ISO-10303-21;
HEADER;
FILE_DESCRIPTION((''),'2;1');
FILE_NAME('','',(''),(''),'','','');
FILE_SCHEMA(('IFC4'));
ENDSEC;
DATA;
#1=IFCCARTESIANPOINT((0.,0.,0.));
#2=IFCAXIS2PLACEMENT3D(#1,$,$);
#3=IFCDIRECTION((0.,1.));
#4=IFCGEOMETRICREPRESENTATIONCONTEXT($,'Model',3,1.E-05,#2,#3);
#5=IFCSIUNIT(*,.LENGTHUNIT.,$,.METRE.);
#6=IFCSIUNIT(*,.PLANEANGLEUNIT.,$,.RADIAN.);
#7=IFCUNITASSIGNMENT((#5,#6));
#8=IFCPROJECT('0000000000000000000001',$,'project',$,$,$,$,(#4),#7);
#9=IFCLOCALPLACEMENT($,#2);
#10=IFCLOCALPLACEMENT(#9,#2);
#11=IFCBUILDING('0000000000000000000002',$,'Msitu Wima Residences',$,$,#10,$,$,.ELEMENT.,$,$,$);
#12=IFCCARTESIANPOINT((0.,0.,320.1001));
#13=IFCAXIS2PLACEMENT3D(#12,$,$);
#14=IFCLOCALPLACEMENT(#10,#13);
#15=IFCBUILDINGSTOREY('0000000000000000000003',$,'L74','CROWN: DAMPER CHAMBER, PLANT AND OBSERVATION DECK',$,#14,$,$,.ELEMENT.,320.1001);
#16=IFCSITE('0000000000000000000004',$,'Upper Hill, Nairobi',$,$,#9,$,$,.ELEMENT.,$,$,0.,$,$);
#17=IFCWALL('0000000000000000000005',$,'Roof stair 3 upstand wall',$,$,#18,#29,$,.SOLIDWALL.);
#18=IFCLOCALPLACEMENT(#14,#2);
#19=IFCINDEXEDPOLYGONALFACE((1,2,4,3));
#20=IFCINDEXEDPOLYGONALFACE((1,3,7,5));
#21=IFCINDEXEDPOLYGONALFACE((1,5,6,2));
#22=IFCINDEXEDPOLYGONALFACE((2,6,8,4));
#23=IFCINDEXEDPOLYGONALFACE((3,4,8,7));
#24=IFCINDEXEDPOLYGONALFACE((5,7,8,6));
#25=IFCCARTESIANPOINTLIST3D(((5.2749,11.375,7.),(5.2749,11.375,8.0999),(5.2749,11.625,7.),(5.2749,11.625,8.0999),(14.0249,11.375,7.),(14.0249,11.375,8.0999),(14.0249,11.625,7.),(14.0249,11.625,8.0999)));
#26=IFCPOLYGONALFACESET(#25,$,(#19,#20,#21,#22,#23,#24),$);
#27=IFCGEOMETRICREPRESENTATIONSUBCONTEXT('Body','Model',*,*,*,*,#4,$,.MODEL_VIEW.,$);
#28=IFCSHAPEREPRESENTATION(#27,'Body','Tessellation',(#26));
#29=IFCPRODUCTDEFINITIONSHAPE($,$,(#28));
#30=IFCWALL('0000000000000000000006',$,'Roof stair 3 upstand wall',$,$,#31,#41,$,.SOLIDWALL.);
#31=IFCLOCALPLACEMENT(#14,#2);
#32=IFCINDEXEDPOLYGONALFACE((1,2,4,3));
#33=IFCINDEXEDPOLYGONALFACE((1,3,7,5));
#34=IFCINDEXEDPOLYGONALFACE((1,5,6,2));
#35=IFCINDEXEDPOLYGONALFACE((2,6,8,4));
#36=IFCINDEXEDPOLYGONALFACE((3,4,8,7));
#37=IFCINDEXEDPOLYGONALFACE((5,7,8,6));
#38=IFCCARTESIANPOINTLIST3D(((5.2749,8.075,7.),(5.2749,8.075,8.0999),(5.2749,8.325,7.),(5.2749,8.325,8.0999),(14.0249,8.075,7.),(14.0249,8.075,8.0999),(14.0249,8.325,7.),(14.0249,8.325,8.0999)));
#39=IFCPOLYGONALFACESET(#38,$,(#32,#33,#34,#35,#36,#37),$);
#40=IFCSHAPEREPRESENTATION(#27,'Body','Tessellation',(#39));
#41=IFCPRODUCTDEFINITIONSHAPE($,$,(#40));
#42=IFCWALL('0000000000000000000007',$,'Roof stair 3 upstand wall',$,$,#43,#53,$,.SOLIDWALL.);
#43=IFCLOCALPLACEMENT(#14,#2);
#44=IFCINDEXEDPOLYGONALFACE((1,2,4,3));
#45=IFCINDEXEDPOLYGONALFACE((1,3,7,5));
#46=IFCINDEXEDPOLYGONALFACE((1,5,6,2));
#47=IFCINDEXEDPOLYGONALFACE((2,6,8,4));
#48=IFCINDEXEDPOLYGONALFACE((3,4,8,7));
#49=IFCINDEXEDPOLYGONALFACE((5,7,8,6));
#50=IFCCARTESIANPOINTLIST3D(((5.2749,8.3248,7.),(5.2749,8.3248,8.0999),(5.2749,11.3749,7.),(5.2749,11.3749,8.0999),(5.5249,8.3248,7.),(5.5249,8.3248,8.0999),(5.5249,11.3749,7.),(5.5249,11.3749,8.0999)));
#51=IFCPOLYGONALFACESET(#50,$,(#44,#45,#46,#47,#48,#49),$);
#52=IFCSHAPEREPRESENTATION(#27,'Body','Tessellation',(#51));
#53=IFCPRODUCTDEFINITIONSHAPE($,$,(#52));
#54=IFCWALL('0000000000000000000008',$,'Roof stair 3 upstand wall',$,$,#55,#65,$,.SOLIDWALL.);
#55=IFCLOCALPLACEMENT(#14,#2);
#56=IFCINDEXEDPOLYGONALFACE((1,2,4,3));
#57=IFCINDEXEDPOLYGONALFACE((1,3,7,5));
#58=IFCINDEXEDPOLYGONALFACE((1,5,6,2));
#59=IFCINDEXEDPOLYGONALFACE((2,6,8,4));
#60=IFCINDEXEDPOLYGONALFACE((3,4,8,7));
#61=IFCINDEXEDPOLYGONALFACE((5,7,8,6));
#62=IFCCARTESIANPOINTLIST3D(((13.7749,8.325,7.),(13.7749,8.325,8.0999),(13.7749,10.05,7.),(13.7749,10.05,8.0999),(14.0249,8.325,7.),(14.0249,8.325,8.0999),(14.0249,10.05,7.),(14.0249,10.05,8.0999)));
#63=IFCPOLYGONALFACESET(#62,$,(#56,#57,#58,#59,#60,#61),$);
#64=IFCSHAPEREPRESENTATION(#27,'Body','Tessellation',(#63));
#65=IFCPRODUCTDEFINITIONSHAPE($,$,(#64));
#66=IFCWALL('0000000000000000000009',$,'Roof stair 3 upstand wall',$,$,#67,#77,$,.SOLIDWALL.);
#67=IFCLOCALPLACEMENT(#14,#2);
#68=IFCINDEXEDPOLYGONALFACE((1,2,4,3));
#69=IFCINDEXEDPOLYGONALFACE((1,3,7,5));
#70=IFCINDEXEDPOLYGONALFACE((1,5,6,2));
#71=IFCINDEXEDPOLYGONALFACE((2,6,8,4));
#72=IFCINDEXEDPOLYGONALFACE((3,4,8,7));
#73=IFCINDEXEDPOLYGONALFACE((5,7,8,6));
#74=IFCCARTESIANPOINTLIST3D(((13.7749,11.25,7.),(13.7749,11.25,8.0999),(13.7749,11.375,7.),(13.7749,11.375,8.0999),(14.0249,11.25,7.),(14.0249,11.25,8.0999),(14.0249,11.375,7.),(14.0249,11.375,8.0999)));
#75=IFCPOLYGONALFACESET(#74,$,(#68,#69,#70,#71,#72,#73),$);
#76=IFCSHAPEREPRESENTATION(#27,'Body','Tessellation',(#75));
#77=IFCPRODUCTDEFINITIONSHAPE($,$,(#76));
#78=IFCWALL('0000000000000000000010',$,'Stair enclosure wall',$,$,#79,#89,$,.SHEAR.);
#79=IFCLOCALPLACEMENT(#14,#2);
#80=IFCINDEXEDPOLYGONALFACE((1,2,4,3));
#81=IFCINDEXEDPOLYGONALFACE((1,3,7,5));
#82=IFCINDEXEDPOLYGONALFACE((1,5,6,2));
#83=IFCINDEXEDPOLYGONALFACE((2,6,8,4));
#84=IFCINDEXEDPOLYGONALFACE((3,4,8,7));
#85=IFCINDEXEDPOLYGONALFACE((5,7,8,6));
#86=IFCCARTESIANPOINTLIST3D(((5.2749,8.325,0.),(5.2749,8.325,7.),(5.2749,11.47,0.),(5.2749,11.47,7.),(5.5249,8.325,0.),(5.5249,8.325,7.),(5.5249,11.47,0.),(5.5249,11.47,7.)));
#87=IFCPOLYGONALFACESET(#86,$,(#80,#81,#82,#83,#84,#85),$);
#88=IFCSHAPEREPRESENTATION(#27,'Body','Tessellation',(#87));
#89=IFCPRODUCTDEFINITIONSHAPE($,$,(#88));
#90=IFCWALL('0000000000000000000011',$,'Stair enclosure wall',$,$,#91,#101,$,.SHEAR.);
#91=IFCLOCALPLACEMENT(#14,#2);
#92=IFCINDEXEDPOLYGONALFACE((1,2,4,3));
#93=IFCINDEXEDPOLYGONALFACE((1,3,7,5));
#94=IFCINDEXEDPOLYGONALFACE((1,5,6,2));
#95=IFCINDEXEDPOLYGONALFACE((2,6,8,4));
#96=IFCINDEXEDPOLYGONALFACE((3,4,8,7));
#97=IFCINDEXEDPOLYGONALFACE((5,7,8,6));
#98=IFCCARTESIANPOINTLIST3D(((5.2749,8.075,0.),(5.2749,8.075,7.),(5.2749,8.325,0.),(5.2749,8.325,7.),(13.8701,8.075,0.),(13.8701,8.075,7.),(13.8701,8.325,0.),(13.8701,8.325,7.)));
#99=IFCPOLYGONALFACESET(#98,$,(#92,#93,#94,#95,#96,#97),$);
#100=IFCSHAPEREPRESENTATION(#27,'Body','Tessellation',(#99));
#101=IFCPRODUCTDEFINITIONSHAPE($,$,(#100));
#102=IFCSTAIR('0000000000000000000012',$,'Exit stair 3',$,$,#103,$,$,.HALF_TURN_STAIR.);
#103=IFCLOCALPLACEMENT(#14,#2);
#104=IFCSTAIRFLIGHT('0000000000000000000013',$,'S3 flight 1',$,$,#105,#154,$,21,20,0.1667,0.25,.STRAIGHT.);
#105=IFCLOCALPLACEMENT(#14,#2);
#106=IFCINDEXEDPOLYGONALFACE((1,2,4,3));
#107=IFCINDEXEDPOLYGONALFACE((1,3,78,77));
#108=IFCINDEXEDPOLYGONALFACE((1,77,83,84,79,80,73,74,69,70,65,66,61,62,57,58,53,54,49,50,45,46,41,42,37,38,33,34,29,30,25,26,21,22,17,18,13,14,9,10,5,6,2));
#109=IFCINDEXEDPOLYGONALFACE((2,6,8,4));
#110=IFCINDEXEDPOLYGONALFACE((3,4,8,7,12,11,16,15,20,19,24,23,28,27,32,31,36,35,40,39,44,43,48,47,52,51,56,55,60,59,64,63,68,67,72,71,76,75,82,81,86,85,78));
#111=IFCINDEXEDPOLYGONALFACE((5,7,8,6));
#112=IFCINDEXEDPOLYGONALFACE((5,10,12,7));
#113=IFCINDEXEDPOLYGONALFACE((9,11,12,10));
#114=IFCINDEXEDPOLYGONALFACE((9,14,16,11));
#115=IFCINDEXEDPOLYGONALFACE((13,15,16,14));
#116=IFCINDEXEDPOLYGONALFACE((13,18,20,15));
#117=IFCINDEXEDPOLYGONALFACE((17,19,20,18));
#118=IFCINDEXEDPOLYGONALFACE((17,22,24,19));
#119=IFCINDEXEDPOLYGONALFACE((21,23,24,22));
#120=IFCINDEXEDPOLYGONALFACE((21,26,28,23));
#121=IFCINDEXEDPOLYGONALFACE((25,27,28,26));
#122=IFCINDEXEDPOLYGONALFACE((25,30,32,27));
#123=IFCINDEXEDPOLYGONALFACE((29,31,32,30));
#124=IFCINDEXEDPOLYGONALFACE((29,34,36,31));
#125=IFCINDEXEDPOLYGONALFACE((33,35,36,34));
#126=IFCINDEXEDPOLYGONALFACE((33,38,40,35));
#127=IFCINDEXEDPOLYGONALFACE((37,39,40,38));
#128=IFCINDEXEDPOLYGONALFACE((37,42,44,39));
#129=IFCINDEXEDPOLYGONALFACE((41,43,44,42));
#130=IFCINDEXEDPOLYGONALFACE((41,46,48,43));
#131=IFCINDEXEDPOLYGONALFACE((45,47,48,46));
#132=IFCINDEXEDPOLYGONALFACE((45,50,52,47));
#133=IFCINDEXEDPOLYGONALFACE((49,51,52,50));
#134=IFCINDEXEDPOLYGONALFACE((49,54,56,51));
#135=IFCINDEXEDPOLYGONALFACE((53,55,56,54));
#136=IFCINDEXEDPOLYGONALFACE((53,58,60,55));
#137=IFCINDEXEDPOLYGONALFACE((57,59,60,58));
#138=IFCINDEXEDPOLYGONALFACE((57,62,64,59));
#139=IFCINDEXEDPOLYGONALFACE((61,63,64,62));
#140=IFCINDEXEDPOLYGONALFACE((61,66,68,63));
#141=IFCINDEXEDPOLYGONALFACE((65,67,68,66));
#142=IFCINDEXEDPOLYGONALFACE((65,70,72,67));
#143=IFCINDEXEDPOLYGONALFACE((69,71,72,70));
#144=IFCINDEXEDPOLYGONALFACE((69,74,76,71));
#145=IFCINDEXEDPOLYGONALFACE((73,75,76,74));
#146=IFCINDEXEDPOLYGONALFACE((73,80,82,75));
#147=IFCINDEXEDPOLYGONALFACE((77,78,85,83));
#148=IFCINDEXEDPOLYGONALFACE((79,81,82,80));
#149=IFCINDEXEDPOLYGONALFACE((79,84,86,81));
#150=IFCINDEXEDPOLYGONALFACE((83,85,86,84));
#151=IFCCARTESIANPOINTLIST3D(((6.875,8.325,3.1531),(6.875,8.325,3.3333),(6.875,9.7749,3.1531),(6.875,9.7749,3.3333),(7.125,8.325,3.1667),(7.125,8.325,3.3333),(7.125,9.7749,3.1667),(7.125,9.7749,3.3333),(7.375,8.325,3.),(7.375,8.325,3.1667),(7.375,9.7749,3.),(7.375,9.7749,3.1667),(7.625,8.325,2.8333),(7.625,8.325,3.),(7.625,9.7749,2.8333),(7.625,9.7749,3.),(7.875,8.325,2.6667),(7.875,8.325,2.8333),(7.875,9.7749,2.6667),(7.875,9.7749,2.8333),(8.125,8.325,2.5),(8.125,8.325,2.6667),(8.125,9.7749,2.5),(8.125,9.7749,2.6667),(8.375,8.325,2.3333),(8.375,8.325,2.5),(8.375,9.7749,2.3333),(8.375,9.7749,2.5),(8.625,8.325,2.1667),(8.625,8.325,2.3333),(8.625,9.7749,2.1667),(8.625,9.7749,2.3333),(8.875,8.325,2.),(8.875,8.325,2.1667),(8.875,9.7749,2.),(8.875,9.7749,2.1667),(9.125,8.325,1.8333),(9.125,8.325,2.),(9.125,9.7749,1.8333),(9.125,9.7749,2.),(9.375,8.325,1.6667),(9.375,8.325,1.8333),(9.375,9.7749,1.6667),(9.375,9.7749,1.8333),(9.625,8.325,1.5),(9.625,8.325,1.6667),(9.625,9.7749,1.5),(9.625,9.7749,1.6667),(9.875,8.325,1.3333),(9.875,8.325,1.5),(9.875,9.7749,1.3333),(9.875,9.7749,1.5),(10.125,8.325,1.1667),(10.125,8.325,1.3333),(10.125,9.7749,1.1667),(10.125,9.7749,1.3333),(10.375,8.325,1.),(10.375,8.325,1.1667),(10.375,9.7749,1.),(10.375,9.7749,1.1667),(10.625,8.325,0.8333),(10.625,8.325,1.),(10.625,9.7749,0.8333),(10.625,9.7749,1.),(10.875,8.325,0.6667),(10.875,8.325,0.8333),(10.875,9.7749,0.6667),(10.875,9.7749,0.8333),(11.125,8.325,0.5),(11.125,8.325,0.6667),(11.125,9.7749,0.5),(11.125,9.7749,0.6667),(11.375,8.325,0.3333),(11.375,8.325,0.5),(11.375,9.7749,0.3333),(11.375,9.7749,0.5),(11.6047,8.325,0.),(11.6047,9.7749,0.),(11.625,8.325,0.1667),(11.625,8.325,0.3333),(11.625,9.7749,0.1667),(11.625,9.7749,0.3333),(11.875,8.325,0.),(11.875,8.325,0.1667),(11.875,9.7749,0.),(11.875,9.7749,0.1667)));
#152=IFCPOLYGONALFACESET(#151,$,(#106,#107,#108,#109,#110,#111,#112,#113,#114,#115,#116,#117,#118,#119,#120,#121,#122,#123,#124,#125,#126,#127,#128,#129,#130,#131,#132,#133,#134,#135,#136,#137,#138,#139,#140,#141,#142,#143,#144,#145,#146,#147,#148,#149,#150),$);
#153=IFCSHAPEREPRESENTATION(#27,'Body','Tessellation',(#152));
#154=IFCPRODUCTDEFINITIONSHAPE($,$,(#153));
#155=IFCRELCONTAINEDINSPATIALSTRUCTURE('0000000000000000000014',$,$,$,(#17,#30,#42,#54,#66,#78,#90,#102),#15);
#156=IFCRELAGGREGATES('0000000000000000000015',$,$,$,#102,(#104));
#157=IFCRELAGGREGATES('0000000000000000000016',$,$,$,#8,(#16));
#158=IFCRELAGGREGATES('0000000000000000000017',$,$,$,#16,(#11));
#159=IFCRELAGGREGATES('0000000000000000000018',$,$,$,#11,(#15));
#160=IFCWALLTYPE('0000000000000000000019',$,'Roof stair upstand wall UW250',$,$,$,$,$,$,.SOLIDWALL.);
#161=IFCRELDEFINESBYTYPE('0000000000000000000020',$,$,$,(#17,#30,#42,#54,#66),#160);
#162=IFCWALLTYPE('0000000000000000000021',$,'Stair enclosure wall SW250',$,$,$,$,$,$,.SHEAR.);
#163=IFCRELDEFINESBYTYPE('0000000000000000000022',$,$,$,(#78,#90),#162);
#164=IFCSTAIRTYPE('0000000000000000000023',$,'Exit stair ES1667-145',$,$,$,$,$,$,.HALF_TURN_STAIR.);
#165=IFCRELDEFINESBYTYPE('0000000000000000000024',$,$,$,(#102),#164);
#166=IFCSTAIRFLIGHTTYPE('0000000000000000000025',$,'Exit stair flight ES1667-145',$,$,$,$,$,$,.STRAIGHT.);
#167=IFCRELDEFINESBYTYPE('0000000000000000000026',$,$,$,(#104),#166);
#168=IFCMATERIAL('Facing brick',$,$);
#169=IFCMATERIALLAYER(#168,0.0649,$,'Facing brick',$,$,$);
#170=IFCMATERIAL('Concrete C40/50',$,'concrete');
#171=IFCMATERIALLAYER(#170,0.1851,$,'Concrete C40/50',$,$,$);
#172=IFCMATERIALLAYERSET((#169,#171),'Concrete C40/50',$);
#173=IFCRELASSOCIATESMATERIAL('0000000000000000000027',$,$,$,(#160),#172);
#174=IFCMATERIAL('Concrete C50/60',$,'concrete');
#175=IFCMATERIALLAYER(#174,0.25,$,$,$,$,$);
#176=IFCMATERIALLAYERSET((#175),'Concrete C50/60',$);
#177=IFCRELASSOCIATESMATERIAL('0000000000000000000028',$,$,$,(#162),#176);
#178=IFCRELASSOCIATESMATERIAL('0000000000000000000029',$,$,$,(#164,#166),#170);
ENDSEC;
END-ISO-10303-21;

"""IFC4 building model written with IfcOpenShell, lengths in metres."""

from ifc_helpers import new_model, si_unit, direction, frame, frame_2d, origin, place, context, subcontext, project, spatial, polyline, rectangle, outline, extrude, material, layer, layer_set, type_object, element, aggregate, save


model = new_model("IFC4")

# Units and contexts
model_context = context("Model", 3, precision=1e-05, world=origin(), true_north=direction((0.0, 1.0)))
body_context = subcontext(model_context, "Body", "Model", "MODEL_VIEW")
ifc_project = project(units=[si_unit("LENGTHUNIT", "METRE"), si_unit("PLANEANGLEUNIT", "RADIAN")], contexts=[model_context])

# Site, building, storey
site_placement = place(None, origin())
site = spatial("IfcSite", under=ifc_project, at=site_placement, Name="Upper Hill, Nairobi", CompositionType="ELEMENT", RefElevation=0.0)
building_placement = place(site_placement, origin())
building = spatial("IfcBuilding", under=site, at=building_placement, Name="Msitu Wima Residences", CompositionType="ELEMENT")
storey_placement = place(building_placement, frame((0.0, 0.0, 320.1001)))
storey = spatial("IfcBuildingStorey", under=building, at=storey_placement, Name="L74", Description="CROWN: DAMPER CHAMBER, PLANT AND OBSERVATION DECK", CompositionType="ELEMENT", Elevation=320.1001)

# Shared definitions
ifc_material_1 = material(Name="Concrete C40/50", Category="concrete")

# Walls
ifc_material_2 = material(Name="Facing brick")
ifc_layer_1 = layer(ifc_material_2, 0.0649, Name="Facing brick")
ifc_layer_2 = layer(ifc_material_1, 0.1851, Name="Concrete C40/50")
ifc_layer_set_1 = layer_set([ifc_layer_1, ifc_layer_2], Name="Concrete C40/50")
wall_type_1 = type_object("IfcWallType", Name="Roof stair upstand wall UW250", PredefinedType="SOLIDWALL", material=ifc_layer_set_1)
for number, where, z_axis, x_axis, name in (
    (1, (5.2749, 11.5, 7.0), (0.0, 0.0, 1.0), (1.0, 0.0, 0.0), "Roof stair 3 upstand wall"),
    (2, (5.2749, 8.2, 7.0), (0.0, 0.0, 1.0), (1.0, 0.0, 0.0), "Roof stair 3 upstand wall"),
):
    element("IfcWall", number, at=place(storey_placement, frame(where, z_axis=z_axis, x_axis=x_axis)), inside=storey, type_object=wall_type_1, Name=name, PredefinedType="SOLIDWALL", context=body_context, shape_type="SweptSolid", body=[
        extrude(rectangle(XDim=8.75, YDim=0.25, at=frame_2d((4.375, 0.0))), origin(), (0.0, 0.0, 1.0), 1.0999),
    ])
wall_1_placement = place(storey_placement, frame((5.3999, 8.325, 7.0), z_axis=(0.0, 0.0, 1.0), x_axis=(0.0, 1.0, 0.0)))
element("IfcWall", 3, at=wall_1_placement, inside=storey, type_object=wall_type_1, Name="Roof stair 3 upstand wall", PredefinedType="SOLIDWALL", context=body_context, shape_type="SweptSolid", body=[
    extrude(rectangle(XDim=3.05, YDim=0.25, at=frame_2d((1.5249, 0.0))), origin(), (0.0, 0.0, 1.0), 1.0999),
])
wall_2_placement = place(storey_placement, frame((13.8999, 8.325, 7.0), z_axis=(0.0, 0.0, 1.0), x_axis=(0.0, 1.0, 0.0)))
element("IfcWall", 4, at=wall_2_placement, inside=storey, type_object=wall_type_1, Name="Roof stair 3 upstand wall", PredefinedType="SOLIDWALL", context=body_context, shape_type="SweptSolid", body=[
    extrude(rectangle(XDim=1.7251, YDim=0.25, at=frame_2d((0.8625, 0.0))), origin(), (0.0, 0.0, 1.0), 1.0999),
])
wall_3_placement = place(storey_placement, frame((13.8999, 11.25, 7.0), z_axis=(0.0, 0.0, 1.0), x_axis=(0.0, 1.0, 0.0)))
element("IfcWall", 5, at=wall_3_placement, inside=storey, type_object=wall_type_1, Name="Roof stair 3 upstand wall", PredefinedType="SOLIDWALL", context=body_context, shape_type="SweptSolid", body=[
    extrude(rectangle(XDim=0.125, YDim=0.25, at=frame_2d((0.0625, 0.0))), origin(), (0.0, 0.0, 1.0), 1.0999),
])
ifc_material_3 = material(Name="Concrete C50/60", Category="concrete")
ifc_layer_3 = layer(ifc_material_3, 0.25)
ifc_layer_set_2 = layer_set([ifc_layer_3], Name="Concrete C50/60")
wall_type_2 = type_object("IfcWallType", Name="Stair enclosure wall SW250", PredefinedType="SHEAR", material=ifc_layer_set_2)
wall_4_placement = place(storey_placement, frame((5.3999, 8.325, 0.0), z_axis=(0.0, 0.0, 1.0), x_axis=(0.0, 1.0, 0.0)))
element("IfcWall", 6, at=wall_4_placement, inside=storey, type_object=wall_type_2, Name="Stair enclosure wall", PredefinedType="SHEAR", context=body_context, shape_type="SweptSolid", body=[
    extrude(rectangle(XDim=3.145, YDim=0.25, at=frame_2d((1.5725, 0.0))), origin(), (0.0, 0.0, 1.0), 7.0),
])
wall_5_placement = place(storey_placement, frame((5.2749, 8.2, 0.0), z_axis=(0.0, 0.0, 1.0), x_axis=(1.0, 0.0, 0.0)))
element("IfcWall", 7, at=wall_5_placement, inside=storey, type_object=wall_type_2, Name="Stair enclosure wall", PredefinedType="SHEAR", context=body_context, shape_type="SweptSolid", body=[
    extrude(rectangle(XDim=8.5952, YDim=0.25, at=frame_2d((4.2976, 0.0))), origin(), (0.0, 0.0, 1.0), 7.0),
])

# Stair, stair flight
stair_type = type_object("IfcStairType", Name="Exit stair ES1667-145", PredefinedType="HALF_TURN_STAIR", material=ifc_material_1)
stair_placement = place(storey_placement, origin())
stair = element("IfcStair", 8, at=stair_placement, inside=storey, type_object=stair_type, Name="Exit stair 3", PredefinedType="HALF_TURN_STAIR")
stair_flight_type = type_object("IfcStairFlightType", Name="Exit stair flight ES1667-145", PredefinedType="STRAIGHT", material=ifc_material_1)
stair_flight_1_placement = place(storey_placement, frame((11.875, 9.05, 0.0), z_axis=(0.0, 0.0, 1.0), x_axis=(-1.0, 0.0, 0.0)))
stair_flight_1 = element("IfcStairFlight", 9, at=stair_flight_1_placement, type_object=stair_flight_type, Name="S3 flight 1", NumberOfRisers=21, NumberOfTreads=20, PredefinedType="STRAIGHT", RiserHeight=0.1667, TreadLength=0.25, context=body_context, shape_type="SweptSolid", body=[
    extrude(outline(polyline([(0.0, 0.0), (0.0, 0.1667), (0.25, 0.1667), (0.25, 0.3333), (0.5, 0.3333), (0.5, 0.5), (0.75, 0.5), (0.75, 0.6667), (1.0, 0.6667), (1.0, 0.8333), (1.25, 0.8333), (1.25, 1.0), (1.5, 1.0), (1.5, 1.1667), (1.75, 1.1667), (1.75, 1.3333), (2.0, 1.3333), (2.0, 1.5), (2.25, 1.5), (2.25, 1.6667), (2.5, 1.6667), (2.5, 1.8333), (2.75, 1.8333), (2.75, 2.0), (3.0, 2.0), (3.0, 2.1667), (3.25, 2.1667), (3.25, 2.3333), (3.5, 2.3333), (3.5, 2.5), (3.75, 2.5), (3.75, 2.6667), (4.0, 2.6667), (4.0, 2.8333), (4.25, 2.8333), (4.25, 3.0), (4.5, 3.0), (4.5, 3.1667), (4.75, 3.1667), (4.75, 3.3333), (5.0, 3.3333), (5.0, 3.5), (5.0, 3.1531), (0.2703, 0.0), (0.0, 0.0)])), frame((0.0, 0.7251, 0.0), z_axis=(0.0, -1.0, 0.0), x_axis=(1.0, 0.0, 0.0)), (0.0, 0.0, 1.0), 1.45),
])
aggregate(stair, [stair_flight_1])

save(model, "model.ifc")
